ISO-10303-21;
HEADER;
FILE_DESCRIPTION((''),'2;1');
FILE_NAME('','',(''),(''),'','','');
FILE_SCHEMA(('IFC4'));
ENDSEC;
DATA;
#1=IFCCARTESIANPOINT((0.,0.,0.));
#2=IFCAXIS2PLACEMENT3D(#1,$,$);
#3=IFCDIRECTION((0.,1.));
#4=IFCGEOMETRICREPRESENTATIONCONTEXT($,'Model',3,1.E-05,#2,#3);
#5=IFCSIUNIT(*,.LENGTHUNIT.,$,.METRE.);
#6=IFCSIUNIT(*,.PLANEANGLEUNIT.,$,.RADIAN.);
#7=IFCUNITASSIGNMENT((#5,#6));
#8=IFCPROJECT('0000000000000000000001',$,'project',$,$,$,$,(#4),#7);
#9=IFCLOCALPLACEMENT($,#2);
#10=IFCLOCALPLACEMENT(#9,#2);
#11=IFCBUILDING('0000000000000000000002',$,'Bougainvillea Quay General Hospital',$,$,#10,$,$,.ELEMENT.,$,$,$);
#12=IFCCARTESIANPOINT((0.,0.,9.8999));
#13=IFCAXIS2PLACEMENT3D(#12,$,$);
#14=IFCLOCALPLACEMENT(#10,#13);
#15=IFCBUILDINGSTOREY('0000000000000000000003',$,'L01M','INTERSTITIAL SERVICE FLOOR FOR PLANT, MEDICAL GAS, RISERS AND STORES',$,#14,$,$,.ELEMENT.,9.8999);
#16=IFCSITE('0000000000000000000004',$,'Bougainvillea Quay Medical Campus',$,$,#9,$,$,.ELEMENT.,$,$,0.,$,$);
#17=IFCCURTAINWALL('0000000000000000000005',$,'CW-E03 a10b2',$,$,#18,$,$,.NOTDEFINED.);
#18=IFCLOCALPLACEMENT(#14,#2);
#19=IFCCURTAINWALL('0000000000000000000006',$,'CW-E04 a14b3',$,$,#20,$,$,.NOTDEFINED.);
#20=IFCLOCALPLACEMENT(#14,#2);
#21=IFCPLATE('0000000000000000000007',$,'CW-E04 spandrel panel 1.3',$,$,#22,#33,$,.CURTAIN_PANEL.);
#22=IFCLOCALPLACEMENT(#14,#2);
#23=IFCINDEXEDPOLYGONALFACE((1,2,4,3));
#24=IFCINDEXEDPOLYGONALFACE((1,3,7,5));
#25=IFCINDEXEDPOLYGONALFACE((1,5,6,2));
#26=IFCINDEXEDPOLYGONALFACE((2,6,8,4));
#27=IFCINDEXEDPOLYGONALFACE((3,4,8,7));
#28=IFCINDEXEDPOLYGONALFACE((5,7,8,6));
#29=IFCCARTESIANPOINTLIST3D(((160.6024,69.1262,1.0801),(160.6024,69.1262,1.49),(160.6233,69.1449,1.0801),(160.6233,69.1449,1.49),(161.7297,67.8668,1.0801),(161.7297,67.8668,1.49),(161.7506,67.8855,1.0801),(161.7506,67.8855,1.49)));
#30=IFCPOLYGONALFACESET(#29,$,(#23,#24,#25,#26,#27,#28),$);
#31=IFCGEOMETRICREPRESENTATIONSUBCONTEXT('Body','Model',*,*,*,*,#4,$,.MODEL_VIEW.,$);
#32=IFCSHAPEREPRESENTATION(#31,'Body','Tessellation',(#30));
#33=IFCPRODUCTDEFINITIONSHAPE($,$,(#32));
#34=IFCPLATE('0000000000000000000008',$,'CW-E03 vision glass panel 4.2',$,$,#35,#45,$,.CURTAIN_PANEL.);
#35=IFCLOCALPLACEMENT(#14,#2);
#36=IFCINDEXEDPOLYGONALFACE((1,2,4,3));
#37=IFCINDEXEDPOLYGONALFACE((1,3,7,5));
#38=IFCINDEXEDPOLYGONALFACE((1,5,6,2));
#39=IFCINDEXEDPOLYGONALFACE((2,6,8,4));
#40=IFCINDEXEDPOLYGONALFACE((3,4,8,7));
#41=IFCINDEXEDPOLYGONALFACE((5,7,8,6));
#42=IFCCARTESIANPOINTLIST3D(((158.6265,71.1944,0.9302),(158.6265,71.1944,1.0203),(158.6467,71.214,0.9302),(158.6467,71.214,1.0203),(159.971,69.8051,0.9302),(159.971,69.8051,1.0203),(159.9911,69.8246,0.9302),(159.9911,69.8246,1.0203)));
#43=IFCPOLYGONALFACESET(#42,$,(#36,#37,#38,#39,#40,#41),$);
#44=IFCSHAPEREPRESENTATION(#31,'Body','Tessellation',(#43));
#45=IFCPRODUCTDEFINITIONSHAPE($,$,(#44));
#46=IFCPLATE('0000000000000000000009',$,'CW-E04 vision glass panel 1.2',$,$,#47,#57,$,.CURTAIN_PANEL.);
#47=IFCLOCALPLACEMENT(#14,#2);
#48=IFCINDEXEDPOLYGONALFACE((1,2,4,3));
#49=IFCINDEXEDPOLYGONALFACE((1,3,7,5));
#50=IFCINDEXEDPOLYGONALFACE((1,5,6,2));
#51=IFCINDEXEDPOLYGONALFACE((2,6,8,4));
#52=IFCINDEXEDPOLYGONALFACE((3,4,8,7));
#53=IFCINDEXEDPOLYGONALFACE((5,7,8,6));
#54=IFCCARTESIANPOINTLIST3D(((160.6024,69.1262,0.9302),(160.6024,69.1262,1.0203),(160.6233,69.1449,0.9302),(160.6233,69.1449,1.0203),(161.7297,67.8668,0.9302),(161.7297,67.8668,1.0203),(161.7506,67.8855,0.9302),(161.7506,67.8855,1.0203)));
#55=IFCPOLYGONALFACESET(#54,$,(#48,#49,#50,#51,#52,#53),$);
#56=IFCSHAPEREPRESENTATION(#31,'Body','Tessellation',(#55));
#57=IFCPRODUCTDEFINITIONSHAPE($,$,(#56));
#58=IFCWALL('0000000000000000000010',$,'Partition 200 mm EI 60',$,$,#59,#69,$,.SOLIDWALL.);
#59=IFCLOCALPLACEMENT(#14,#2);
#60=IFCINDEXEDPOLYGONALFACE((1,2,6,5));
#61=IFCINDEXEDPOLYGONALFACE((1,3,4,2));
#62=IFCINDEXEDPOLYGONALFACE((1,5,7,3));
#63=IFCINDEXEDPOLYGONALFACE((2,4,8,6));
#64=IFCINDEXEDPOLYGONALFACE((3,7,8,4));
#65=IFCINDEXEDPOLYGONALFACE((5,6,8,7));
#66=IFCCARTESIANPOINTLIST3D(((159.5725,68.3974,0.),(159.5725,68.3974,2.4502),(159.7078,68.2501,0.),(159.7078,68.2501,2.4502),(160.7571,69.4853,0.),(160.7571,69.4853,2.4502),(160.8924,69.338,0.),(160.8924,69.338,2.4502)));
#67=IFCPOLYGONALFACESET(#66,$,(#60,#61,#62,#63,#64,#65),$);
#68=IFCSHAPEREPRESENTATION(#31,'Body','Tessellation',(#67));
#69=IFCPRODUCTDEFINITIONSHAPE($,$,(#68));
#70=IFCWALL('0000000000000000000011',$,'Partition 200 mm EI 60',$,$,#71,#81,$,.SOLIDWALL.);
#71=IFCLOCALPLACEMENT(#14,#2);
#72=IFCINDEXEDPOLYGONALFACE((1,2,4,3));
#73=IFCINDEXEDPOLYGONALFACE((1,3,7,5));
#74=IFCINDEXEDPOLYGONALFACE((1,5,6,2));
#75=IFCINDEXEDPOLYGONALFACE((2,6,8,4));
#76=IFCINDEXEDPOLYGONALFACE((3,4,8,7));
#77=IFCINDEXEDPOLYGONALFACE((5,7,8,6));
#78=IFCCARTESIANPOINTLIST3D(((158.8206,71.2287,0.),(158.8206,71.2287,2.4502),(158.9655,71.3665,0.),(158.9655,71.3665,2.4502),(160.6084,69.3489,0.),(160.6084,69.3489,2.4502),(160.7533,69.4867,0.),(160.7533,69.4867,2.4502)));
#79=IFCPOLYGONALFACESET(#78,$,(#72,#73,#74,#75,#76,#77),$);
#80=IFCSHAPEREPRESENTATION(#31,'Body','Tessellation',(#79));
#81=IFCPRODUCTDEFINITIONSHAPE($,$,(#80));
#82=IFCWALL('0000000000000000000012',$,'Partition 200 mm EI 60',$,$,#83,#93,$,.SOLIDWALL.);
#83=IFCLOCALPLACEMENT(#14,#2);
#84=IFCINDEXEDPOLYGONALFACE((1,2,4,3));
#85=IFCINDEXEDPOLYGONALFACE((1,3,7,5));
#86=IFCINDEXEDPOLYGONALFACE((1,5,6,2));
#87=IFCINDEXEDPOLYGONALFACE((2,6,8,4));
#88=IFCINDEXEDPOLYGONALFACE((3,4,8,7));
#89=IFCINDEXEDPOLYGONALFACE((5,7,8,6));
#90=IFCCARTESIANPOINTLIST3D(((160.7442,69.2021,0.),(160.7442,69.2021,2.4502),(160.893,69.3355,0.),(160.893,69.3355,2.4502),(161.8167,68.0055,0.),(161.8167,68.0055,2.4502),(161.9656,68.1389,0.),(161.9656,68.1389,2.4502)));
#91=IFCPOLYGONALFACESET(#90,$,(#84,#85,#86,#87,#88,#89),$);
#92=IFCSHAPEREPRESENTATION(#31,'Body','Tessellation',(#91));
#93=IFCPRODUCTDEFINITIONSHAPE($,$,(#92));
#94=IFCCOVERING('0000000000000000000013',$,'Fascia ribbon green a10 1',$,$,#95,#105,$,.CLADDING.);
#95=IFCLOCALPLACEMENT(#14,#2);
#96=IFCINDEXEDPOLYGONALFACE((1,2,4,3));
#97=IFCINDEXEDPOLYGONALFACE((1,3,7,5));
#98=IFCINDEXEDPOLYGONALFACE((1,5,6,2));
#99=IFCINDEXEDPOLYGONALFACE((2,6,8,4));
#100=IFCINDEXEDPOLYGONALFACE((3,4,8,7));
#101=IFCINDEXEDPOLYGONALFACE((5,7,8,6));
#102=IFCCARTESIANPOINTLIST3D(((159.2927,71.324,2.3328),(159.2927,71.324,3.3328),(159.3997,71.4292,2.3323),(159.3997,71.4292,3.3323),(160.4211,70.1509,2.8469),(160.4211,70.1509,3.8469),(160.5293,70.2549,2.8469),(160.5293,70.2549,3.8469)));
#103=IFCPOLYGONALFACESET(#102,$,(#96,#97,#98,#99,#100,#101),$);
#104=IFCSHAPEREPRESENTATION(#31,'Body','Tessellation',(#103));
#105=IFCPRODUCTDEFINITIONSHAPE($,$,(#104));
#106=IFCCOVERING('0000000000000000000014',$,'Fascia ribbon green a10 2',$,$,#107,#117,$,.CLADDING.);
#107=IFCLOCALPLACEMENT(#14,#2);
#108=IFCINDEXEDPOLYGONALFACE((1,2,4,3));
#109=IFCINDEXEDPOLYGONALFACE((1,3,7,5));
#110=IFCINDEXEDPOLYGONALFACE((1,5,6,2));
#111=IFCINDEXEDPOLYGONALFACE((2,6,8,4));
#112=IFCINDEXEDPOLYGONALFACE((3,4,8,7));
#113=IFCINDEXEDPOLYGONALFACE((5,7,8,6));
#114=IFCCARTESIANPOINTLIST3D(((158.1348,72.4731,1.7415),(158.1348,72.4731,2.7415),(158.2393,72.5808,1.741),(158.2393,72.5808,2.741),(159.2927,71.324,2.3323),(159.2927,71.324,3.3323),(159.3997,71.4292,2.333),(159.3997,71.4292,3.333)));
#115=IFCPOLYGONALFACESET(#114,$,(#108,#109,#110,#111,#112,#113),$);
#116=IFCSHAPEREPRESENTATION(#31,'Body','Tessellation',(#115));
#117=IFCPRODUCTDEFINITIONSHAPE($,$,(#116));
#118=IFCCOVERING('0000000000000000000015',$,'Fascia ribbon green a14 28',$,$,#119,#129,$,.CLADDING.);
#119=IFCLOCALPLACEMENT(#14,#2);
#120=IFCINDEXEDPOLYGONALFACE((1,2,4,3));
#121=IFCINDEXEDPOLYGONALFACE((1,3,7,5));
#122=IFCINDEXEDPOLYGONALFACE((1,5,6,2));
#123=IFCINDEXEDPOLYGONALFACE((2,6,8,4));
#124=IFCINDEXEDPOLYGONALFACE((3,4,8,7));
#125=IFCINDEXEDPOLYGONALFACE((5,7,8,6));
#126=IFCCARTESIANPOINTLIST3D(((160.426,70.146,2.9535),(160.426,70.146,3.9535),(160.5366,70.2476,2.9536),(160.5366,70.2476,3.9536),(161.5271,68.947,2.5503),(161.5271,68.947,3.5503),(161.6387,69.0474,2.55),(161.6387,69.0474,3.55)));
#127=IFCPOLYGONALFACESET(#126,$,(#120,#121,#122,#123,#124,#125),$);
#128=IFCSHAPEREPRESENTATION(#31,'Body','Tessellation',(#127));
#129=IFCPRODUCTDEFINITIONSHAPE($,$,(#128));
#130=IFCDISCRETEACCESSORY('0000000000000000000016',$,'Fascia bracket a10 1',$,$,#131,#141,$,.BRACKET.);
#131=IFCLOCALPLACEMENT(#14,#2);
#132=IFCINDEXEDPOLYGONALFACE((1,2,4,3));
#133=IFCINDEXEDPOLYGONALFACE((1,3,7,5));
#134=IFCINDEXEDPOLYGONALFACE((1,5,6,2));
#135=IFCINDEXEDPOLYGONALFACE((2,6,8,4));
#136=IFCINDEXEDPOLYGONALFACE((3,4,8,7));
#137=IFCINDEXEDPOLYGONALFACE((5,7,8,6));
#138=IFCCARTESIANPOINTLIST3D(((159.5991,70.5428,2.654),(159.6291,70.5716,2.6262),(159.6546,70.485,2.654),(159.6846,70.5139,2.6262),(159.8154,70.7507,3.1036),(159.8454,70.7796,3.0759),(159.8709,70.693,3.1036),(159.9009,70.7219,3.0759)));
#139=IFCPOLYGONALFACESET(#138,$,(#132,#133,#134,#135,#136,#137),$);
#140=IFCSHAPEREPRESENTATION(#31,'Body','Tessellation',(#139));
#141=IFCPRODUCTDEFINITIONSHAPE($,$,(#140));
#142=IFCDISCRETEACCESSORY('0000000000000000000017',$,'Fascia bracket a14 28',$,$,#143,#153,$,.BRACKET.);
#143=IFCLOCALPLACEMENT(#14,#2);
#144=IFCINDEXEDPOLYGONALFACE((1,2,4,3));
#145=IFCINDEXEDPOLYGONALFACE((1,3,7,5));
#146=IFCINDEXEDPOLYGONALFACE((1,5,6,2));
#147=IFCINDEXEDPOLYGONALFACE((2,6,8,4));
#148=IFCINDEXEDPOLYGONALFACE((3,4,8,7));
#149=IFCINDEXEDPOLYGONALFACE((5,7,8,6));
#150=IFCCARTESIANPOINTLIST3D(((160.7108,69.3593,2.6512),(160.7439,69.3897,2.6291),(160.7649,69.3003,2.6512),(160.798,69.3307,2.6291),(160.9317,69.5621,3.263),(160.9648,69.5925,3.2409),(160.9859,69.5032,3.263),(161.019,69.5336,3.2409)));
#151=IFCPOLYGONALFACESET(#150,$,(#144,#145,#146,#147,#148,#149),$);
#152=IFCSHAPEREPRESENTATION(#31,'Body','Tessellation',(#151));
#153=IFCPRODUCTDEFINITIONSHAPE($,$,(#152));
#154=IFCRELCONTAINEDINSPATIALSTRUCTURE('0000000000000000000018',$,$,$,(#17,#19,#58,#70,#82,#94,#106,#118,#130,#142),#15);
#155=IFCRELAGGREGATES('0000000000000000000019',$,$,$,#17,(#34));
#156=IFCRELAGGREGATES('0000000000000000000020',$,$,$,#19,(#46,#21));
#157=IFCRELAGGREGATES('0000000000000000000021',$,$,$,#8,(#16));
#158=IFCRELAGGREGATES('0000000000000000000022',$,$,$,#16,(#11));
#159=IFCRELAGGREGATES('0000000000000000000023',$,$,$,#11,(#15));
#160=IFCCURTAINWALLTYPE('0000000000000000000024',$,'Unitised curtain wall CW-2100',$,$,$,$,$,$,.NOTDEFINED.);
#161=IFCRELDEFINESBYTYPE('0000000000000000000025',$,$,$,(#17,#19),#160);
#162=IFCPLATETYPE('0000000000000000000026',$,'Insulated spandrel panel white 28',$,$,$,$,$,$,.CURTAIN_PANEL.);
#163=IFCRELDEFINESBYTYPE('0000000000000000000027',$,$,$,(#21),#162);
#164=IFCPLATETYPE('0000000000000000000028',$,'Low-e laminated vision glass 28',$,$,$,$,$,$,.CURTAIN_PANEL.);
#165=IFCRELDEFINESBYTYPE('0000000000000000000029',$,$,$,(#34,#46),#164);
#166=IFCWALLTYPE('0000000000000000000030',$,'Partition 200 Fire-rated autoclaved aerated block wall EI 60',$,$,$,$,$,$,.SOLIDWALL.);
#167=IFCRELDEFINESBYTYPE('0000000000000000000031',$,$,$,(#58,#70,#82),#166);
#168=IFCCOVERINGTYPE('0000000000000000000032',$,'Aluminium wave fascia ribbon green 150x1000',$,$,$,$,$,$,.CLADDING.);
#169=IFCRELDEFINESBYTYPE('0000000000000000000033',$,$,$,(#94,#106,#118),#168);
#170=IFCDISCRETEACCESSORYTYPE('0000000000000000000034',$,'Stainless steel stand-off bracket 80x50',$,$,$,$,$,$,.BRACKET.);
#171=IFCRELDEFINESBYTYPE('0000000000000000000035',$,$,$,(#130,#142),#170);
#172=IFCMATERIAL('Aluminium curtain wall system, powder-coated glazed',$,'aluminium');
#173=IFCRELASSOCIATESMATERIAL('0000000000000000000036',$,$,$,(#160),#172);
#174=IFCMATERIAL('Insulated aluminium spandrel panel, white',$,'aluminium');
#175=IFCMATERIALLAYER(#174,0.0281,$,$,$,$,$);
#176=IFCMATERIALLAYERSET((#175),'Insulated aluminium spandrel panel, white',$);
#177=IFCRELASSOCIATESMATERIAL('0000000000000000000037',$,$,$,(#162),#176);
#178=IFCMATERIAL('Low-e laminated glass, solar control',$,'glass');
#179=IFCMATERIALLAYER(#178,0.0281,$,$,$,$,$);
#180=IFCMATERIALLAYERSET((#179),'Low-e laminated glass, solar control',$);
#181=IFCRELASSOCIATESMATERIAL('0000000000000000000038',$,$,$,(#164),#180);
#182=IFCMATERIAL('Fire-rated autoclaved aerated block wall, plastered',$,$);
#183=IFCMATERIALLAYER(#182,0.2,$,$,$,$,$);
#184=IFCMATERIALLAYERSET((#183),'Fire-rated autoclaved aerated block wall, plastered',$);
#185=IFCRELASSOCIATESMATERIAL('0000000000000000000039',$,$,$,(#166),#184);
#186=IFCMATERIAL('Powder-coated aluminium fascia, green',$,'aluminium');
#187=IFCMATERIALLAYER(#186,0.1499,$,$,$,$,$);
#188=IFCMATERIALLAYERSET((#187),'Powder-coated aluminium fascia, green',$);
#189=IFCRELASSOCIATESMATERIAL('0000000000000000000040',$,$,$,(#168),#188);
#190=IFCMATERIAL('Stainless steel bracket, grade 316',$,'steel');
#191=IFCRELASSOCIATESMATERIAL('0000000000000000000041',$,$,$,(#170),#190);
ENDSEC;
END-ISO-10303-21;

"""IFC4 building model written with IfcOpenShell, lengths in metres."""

from ifc_helpers import new_model, si_unit, direction, frame, frame_2d, origin, origin_2d, place, context, subcontext, project, spatial, polyline, rectangle, outline, extrude, material, layer, layer_set, material_profile, profile_set, type_object, element, aggregate, save


model = new_model("IFC4")

# Units and contexts
model_context = context("Model", 3, precision=1e-05, world=origin(), true_north=direction((0.0, 1.0)))
body_context = subcontext(model_context, "Body", "Model", "MODEL_VIEW")
ifc_project = project(units=[si_unit("LENGTHUNIT", "METRE"), si_unit("PLANEANGLEUNIT", "RADIAN")], contexts=[model_context])

# Site, building, storey
site_placement = place(None, origin())
site = spatial("IfcSite", under=ifc_project, at=site_placement, Name="Bougainvillea Quay Medical Campus", CompositionType="ELEMENT", RefElevation=0.0)
building_placement = place(site_placement, origin())
building = spatial("IfcBuilding", under=site, at=building_placement, Name="Bougainvillea Quay General Hospital", CompositionType="ELEMENT")
storey_placement = place(building_placement, frame((0.0, 0.0, 9.8999)))
storey = spatial("IfcBuildingStorey", under=building, at=storey_placement, Name="L01M", Description="INTERSTITIAL SERVICE FLOOR FOR PLANT, MEDICAL GAS, RISERS AND STORES", CompositionType="ELEMENT", Elevation=9.8999)

# Curtain wall
ifc_material_1 = material(Name="Aluminium curtain wall system, powder-coated glazed", Category="aluminium")
curtain_wall_type = type_object("IfcCurtainWallType", Name="Unitised curtain wall CW-2100", PredefinedType="NOTDEFINED", material=ifc_material_1)
curtain_wall_1_placement = place(storey_placement, origin())
curtain_wall_1 = element("IfcCurtainWall", 1, at=curtain_wall_1_placement, inside=storey, type_object=curtain_wall_type, Name="CW-E03 a10b2", PredefinedType="NOTDEFINED")

# Curtain wall
curtain_wall_2_placement = place(storey_placement, origin())
curtain_wall_2 = element("IfcCurtainWall", 2, at=curtain_wall_2_placement, inside=storey, type_object=curtain_wall_type, Name="CW-E04 a14b3", PredefinedType="NOTDEFINED")

# Plates
ifc_material_2 = material(Name="Insulated aluminium spandrel panel, white", Category="aluminium")
ifc_layer_1 = layer(ifc_material_2, 0.0281)
ifc_layer_set_1 = layer_set([ifc_layer_1], Name="Insulated aluminium spandrel panel, white")
plate_type_1 = type_object("IfcPlateType", Name="Insulated spandrel panel white 28", PredefinedType="CURTAIN_PANEL", material=ifc_layer_set_1)
plate_1_placement = place(storey_placement, frame((161.1765, 68.5059, 1.0801), z_axis=(0.0, 0.0, 1.0), x_axis=(0.666959, -0.745094, 0.0)))
plate_1 = element("IfcPlate", 3, at=plate_1_placement, type_object=plate_type_1, Name="CW-E04 spandrel panel 1.3", PredefinedType="CURTAIN_PANEL", context=body_context, shape_type="SweptSolid", body=[
    extrude(rectangle(XDim=1.6902, YDim=0.0281, at=origin_2d()), origin(), (0.0, 0.0, 1.0), 0.4099),
])
ifc_material_3 = material(Name="Low-e laminated glass, solar control", Category="glass")
ifc_layer_2 = layer(ifc_material_3, 0.0281)
ifc_layer_set_2 = layer_set([ifc_layer_2], Name="Low-e laminated glass, solar control")
plate_type_2 = type_object("IfcPlateType", Name="Low-e laminated vision glass 28", PredefinedType="CURTAIN_PANEL", material=ifc_layer_set_2)
plate_2_placement = place(storey_placement, frame((159.3088, 70.5095, 0.9302), z_axis=(0.0, 0.0, 1.0), x_axis=(0.695393, -0.718629, 0.0)))
plate_2 = element("IfcPlate", 4, at=plate_2_placement, type_object=plate_type_2, Name="CW-E03 vision glass panel 4.2", PredefinedType="CURTAIN_PANEL", context=body_context, shape_type="SweptSolid", body=[
    extrude(rectangle(XDim=1.9333, YDim=0.0281, at=origin_2d()), origin(), (0.0, 0.0, 1.0), 0.0901),
])
aggregate(curtain_wall_1, [plate_2])
plate_3_placement = place(storey_placement, frame((161.1765, 68.5059, 0.9302), z_axis=(0.0, 0.0, 1.0), x_axis=(0.666959, -0.745094, 0.0)))
plate_3 = element("IfcPlate", 5, at=plate_3_placement, type_object=plate_type_2, Name="CW-E04 vision glass panel 1.2", PredefinedType="CURTAIN_PANEL", context=body_context, shape_type="SweptSolid", body=[
    extrude(rectangle(XDim=1.6902, YDim=0.0281, at=origin_2d()), origin(), (0.0, 0.0, 1.0), 0.0901),
])
aggregate(curtain_wall_2, [plate_3, plate_1])

# Walls
ifc_material_4 = material(Name="Fire-rated autoclaved aerated block wall, plastered")
ifc_layer_3 = layer(ifc_material_4, 0.2)
ifc_layer_set_3 = layer_set([ifc_layer_3], Name="Fire-rated autoclaved aerated block wall, plastered")
wall_type = type_object("IfcWallType", Name="Partition 200 Fire-rated autoclaved aerated block wall EI 60", PredefinedType="SOLIDWALL", material=ifc_layer_set_3)
wall_1_placement = place(storey_placement, frame((159.6401, 68.3237, 0.0), z_axis=(0.0, 0.0, 1.0), x_axis=(0.736524, 0.676412, 0.0)))
element("IfcWall", 6, at=wall_1_placement, inside=storey, type_object=wall_type, Name="Partition 200 mm EI 60", PredefinedType="SOLIDWALL", context=body_context, shape_type="SweptSolid", body=[
    extrude(rectangle(XDim=1.6084, YDim=0.2, at=frame_2d((0.8042, 0.0))), origin(), (0.0, 0.0, 1.0), 2.4502),
])
wall_2_placement = place(storey_placement, frame((158.8931, 71.2976, 0.0), z_axis=(0.0, 0.0, 1.0), x_axis=(0.689145, -0.724623, 0.0)))
element("IfcWall", 7, at=wall_2_placement, inside=storey, type_object=wall_type, Name="Partition 200 mm EI 60", PredefinedType="SOLIDWALL", context=body_context, shape_type="SweptSolid", body=[
    extrude(rectangle(XDim=2.5942, YDim=0.2, at=frame_2d((1.2971, 0.0))), origin(), (0.0, 0.0, 1.0), 2.4502),
])
wall_3_placement = place(storey_placement, frame((160.8186, 69.2688, 0.0), z_axis=(0.0, 0.0, 1.0), x_axis=(0.667461, -0.744645, 0.0)))
element("IfcWall", 8, at=wall_3_placement, inside=storey, type_object=wall_type, Name="Partition 200 mm EI 60", PredefinedType="SOLIDWALL", context=body_context, shape_type="SweptSolid", body=[
    extrude(rectangle(XDim=1.6069, YDim=0.2, at=frame_2d((0.8035, 0.0))), origin(), (0.0, 0.0, 1.0), 2.4502),
])

# Coverings
ifc_material_5 = material(Name="Powder-coated aluminium fascia, green", Category="aluminium")
ifc_layer_4 = layer(ifc_material_5, 0.1499)
ifc_layer_set_4 = layer_set([ifc_layer_4], Name="Powder-coated aluminium fascia, green")
covering_type = type_object("IfcCoveringType", Name="Aluminium wave fascia ribbon green 150x1000", PredefinedType="CLADDING", material=ifc_layer_set_4)
covering_1_placement = place(storey_placement, frame((160.4211, 70.1509, 2.8469), z_axis=(-0.208899, 0.216974, 0.953563), x_axis=(-0.661057, 0.687231, -0.301192)))
element("IfcCovering", 9, at=covering_1_placement, inside=storey, type_object=covering_type, Name="Fascia ribbon green a10 1", PredefinedType="CLADDING", context=body_context, shape_type="SweptSolid", body=[
    extrude(outline(polyline([(0.0, 0.0), (1.707, 0.0), (1.7088, -0.15), (0.0, -0.15), (0.0, 0.0)])), origin(), (-0.301192, -0.000129, 0.953563), 1.0),
])
covering_2_placement = place(storey_placement, frame((159.2927, 71.324, 2.3323), z_axis=(-0.242143, 0.239398, 0.940242), x_axis=(-0.66738, 0.662314, -0.340506)))
element("IfcCovering", 10, at=covering_2_placement, inside=storey, type_object=covering_type, Name="Fascia ribbon green a10 2", PredefinedType="CLADDING", context=body_context, shape_type="SweptSolid", body=[
    extrude(outline(polyline([(0.0, 0.0), (1.7351, 0.0), (1.7368, -0.15), (-0.0019, -0.15), (0.0, 0.0)])), origin(), (-0.340506, -0.000605, 0.940242), 1.0),
])
covering_3_placement = place(storey_placement, frame((161.5271, 68.947, 2.5503), z_axis=(0.162299, -0.177414, 0.970661), x_axis=(-0.656552, 0.714929, 0.240451)))
element("IfcCovering", 11, at=covering_3_placement, inside=storey, type_object=covering_type, Name="Fascia ribbon green a14 28", PredefinedType="CLADDING", context=body_context, shape_type="SweptSolid", body=[
    extrude(outline(polyline([(0.0, 0.0), (1.6771, 0.0), (1.6771, -0.1502), (-0.0016, -0.15), (0.0, 0.0)])), origin(), (0.240451, -0.000449, 0.970661), 1.0),
])

# Discrete accessories
ifc_material_6 = material(Name="Stainless steel bracket, grade 316", Category="steel")
ifc_material_profile_1 = material_profile(ifc_material_6, rectangle(XDim=0.0801, YDim=0.05, at=origin_2d()))
ifc_profile_set_1 = profile_set([ifc_material_profile_1], Name="Stainless steel bracket, grade 316")
discrete_accessory_type = type_object("IfcDiscreteAccessoryType", Name="Stainless steel stand-off bracket 80x50", PredefinedType="BRACKET", material=ifc_profile_set_1)
discrete_accessory_1_placement = place(storey_placement, frame((159.6418, 70.5283, 2.6401), z_axis=(0.400096, 0.384743, 0.831803), x_axis=(-0.693141, 0.720802, 0.0)))
element("IfcDiscreteAccessory", 12, at=discrete_accessory_1_placement, inside=storey, type_object=discrete_accessory_type, Name="Fascia bracket a10 1", PredefinedType="BRACKET", context=body_context, shape_type="SweptSolid", body=[
    extrude(rectangle(XDim=0.0801, YDim=0.05, at=origin_2d()), origin(), (0.0, 0.0, 1.0), 0.5405),
])
discrete_accessory_2_placement = place(storey_placement, frame((160.7544, 69.345, 2.6401), z_axis=(0.324258, 0.297744, 0.897889), x_axis=(-0.676351, 0.73658, 0.0)))
element("IfcDiscreteAccessory", 13, at=discrete_accessory_2_placement, inside=storey, type_object=discrete_accessory_type, Name="Fascia bracket a14 28", PredefinedType="BRACKET", context=body_context, shape_type="SweptSolid", body=[
    extrude(rectangle(XDim=0.0801, YDim=0.05, at=origin_2d()), origin(), (0.0, 0.0, 1.0), 0.6814),
])

save(model, "model.ifc")
